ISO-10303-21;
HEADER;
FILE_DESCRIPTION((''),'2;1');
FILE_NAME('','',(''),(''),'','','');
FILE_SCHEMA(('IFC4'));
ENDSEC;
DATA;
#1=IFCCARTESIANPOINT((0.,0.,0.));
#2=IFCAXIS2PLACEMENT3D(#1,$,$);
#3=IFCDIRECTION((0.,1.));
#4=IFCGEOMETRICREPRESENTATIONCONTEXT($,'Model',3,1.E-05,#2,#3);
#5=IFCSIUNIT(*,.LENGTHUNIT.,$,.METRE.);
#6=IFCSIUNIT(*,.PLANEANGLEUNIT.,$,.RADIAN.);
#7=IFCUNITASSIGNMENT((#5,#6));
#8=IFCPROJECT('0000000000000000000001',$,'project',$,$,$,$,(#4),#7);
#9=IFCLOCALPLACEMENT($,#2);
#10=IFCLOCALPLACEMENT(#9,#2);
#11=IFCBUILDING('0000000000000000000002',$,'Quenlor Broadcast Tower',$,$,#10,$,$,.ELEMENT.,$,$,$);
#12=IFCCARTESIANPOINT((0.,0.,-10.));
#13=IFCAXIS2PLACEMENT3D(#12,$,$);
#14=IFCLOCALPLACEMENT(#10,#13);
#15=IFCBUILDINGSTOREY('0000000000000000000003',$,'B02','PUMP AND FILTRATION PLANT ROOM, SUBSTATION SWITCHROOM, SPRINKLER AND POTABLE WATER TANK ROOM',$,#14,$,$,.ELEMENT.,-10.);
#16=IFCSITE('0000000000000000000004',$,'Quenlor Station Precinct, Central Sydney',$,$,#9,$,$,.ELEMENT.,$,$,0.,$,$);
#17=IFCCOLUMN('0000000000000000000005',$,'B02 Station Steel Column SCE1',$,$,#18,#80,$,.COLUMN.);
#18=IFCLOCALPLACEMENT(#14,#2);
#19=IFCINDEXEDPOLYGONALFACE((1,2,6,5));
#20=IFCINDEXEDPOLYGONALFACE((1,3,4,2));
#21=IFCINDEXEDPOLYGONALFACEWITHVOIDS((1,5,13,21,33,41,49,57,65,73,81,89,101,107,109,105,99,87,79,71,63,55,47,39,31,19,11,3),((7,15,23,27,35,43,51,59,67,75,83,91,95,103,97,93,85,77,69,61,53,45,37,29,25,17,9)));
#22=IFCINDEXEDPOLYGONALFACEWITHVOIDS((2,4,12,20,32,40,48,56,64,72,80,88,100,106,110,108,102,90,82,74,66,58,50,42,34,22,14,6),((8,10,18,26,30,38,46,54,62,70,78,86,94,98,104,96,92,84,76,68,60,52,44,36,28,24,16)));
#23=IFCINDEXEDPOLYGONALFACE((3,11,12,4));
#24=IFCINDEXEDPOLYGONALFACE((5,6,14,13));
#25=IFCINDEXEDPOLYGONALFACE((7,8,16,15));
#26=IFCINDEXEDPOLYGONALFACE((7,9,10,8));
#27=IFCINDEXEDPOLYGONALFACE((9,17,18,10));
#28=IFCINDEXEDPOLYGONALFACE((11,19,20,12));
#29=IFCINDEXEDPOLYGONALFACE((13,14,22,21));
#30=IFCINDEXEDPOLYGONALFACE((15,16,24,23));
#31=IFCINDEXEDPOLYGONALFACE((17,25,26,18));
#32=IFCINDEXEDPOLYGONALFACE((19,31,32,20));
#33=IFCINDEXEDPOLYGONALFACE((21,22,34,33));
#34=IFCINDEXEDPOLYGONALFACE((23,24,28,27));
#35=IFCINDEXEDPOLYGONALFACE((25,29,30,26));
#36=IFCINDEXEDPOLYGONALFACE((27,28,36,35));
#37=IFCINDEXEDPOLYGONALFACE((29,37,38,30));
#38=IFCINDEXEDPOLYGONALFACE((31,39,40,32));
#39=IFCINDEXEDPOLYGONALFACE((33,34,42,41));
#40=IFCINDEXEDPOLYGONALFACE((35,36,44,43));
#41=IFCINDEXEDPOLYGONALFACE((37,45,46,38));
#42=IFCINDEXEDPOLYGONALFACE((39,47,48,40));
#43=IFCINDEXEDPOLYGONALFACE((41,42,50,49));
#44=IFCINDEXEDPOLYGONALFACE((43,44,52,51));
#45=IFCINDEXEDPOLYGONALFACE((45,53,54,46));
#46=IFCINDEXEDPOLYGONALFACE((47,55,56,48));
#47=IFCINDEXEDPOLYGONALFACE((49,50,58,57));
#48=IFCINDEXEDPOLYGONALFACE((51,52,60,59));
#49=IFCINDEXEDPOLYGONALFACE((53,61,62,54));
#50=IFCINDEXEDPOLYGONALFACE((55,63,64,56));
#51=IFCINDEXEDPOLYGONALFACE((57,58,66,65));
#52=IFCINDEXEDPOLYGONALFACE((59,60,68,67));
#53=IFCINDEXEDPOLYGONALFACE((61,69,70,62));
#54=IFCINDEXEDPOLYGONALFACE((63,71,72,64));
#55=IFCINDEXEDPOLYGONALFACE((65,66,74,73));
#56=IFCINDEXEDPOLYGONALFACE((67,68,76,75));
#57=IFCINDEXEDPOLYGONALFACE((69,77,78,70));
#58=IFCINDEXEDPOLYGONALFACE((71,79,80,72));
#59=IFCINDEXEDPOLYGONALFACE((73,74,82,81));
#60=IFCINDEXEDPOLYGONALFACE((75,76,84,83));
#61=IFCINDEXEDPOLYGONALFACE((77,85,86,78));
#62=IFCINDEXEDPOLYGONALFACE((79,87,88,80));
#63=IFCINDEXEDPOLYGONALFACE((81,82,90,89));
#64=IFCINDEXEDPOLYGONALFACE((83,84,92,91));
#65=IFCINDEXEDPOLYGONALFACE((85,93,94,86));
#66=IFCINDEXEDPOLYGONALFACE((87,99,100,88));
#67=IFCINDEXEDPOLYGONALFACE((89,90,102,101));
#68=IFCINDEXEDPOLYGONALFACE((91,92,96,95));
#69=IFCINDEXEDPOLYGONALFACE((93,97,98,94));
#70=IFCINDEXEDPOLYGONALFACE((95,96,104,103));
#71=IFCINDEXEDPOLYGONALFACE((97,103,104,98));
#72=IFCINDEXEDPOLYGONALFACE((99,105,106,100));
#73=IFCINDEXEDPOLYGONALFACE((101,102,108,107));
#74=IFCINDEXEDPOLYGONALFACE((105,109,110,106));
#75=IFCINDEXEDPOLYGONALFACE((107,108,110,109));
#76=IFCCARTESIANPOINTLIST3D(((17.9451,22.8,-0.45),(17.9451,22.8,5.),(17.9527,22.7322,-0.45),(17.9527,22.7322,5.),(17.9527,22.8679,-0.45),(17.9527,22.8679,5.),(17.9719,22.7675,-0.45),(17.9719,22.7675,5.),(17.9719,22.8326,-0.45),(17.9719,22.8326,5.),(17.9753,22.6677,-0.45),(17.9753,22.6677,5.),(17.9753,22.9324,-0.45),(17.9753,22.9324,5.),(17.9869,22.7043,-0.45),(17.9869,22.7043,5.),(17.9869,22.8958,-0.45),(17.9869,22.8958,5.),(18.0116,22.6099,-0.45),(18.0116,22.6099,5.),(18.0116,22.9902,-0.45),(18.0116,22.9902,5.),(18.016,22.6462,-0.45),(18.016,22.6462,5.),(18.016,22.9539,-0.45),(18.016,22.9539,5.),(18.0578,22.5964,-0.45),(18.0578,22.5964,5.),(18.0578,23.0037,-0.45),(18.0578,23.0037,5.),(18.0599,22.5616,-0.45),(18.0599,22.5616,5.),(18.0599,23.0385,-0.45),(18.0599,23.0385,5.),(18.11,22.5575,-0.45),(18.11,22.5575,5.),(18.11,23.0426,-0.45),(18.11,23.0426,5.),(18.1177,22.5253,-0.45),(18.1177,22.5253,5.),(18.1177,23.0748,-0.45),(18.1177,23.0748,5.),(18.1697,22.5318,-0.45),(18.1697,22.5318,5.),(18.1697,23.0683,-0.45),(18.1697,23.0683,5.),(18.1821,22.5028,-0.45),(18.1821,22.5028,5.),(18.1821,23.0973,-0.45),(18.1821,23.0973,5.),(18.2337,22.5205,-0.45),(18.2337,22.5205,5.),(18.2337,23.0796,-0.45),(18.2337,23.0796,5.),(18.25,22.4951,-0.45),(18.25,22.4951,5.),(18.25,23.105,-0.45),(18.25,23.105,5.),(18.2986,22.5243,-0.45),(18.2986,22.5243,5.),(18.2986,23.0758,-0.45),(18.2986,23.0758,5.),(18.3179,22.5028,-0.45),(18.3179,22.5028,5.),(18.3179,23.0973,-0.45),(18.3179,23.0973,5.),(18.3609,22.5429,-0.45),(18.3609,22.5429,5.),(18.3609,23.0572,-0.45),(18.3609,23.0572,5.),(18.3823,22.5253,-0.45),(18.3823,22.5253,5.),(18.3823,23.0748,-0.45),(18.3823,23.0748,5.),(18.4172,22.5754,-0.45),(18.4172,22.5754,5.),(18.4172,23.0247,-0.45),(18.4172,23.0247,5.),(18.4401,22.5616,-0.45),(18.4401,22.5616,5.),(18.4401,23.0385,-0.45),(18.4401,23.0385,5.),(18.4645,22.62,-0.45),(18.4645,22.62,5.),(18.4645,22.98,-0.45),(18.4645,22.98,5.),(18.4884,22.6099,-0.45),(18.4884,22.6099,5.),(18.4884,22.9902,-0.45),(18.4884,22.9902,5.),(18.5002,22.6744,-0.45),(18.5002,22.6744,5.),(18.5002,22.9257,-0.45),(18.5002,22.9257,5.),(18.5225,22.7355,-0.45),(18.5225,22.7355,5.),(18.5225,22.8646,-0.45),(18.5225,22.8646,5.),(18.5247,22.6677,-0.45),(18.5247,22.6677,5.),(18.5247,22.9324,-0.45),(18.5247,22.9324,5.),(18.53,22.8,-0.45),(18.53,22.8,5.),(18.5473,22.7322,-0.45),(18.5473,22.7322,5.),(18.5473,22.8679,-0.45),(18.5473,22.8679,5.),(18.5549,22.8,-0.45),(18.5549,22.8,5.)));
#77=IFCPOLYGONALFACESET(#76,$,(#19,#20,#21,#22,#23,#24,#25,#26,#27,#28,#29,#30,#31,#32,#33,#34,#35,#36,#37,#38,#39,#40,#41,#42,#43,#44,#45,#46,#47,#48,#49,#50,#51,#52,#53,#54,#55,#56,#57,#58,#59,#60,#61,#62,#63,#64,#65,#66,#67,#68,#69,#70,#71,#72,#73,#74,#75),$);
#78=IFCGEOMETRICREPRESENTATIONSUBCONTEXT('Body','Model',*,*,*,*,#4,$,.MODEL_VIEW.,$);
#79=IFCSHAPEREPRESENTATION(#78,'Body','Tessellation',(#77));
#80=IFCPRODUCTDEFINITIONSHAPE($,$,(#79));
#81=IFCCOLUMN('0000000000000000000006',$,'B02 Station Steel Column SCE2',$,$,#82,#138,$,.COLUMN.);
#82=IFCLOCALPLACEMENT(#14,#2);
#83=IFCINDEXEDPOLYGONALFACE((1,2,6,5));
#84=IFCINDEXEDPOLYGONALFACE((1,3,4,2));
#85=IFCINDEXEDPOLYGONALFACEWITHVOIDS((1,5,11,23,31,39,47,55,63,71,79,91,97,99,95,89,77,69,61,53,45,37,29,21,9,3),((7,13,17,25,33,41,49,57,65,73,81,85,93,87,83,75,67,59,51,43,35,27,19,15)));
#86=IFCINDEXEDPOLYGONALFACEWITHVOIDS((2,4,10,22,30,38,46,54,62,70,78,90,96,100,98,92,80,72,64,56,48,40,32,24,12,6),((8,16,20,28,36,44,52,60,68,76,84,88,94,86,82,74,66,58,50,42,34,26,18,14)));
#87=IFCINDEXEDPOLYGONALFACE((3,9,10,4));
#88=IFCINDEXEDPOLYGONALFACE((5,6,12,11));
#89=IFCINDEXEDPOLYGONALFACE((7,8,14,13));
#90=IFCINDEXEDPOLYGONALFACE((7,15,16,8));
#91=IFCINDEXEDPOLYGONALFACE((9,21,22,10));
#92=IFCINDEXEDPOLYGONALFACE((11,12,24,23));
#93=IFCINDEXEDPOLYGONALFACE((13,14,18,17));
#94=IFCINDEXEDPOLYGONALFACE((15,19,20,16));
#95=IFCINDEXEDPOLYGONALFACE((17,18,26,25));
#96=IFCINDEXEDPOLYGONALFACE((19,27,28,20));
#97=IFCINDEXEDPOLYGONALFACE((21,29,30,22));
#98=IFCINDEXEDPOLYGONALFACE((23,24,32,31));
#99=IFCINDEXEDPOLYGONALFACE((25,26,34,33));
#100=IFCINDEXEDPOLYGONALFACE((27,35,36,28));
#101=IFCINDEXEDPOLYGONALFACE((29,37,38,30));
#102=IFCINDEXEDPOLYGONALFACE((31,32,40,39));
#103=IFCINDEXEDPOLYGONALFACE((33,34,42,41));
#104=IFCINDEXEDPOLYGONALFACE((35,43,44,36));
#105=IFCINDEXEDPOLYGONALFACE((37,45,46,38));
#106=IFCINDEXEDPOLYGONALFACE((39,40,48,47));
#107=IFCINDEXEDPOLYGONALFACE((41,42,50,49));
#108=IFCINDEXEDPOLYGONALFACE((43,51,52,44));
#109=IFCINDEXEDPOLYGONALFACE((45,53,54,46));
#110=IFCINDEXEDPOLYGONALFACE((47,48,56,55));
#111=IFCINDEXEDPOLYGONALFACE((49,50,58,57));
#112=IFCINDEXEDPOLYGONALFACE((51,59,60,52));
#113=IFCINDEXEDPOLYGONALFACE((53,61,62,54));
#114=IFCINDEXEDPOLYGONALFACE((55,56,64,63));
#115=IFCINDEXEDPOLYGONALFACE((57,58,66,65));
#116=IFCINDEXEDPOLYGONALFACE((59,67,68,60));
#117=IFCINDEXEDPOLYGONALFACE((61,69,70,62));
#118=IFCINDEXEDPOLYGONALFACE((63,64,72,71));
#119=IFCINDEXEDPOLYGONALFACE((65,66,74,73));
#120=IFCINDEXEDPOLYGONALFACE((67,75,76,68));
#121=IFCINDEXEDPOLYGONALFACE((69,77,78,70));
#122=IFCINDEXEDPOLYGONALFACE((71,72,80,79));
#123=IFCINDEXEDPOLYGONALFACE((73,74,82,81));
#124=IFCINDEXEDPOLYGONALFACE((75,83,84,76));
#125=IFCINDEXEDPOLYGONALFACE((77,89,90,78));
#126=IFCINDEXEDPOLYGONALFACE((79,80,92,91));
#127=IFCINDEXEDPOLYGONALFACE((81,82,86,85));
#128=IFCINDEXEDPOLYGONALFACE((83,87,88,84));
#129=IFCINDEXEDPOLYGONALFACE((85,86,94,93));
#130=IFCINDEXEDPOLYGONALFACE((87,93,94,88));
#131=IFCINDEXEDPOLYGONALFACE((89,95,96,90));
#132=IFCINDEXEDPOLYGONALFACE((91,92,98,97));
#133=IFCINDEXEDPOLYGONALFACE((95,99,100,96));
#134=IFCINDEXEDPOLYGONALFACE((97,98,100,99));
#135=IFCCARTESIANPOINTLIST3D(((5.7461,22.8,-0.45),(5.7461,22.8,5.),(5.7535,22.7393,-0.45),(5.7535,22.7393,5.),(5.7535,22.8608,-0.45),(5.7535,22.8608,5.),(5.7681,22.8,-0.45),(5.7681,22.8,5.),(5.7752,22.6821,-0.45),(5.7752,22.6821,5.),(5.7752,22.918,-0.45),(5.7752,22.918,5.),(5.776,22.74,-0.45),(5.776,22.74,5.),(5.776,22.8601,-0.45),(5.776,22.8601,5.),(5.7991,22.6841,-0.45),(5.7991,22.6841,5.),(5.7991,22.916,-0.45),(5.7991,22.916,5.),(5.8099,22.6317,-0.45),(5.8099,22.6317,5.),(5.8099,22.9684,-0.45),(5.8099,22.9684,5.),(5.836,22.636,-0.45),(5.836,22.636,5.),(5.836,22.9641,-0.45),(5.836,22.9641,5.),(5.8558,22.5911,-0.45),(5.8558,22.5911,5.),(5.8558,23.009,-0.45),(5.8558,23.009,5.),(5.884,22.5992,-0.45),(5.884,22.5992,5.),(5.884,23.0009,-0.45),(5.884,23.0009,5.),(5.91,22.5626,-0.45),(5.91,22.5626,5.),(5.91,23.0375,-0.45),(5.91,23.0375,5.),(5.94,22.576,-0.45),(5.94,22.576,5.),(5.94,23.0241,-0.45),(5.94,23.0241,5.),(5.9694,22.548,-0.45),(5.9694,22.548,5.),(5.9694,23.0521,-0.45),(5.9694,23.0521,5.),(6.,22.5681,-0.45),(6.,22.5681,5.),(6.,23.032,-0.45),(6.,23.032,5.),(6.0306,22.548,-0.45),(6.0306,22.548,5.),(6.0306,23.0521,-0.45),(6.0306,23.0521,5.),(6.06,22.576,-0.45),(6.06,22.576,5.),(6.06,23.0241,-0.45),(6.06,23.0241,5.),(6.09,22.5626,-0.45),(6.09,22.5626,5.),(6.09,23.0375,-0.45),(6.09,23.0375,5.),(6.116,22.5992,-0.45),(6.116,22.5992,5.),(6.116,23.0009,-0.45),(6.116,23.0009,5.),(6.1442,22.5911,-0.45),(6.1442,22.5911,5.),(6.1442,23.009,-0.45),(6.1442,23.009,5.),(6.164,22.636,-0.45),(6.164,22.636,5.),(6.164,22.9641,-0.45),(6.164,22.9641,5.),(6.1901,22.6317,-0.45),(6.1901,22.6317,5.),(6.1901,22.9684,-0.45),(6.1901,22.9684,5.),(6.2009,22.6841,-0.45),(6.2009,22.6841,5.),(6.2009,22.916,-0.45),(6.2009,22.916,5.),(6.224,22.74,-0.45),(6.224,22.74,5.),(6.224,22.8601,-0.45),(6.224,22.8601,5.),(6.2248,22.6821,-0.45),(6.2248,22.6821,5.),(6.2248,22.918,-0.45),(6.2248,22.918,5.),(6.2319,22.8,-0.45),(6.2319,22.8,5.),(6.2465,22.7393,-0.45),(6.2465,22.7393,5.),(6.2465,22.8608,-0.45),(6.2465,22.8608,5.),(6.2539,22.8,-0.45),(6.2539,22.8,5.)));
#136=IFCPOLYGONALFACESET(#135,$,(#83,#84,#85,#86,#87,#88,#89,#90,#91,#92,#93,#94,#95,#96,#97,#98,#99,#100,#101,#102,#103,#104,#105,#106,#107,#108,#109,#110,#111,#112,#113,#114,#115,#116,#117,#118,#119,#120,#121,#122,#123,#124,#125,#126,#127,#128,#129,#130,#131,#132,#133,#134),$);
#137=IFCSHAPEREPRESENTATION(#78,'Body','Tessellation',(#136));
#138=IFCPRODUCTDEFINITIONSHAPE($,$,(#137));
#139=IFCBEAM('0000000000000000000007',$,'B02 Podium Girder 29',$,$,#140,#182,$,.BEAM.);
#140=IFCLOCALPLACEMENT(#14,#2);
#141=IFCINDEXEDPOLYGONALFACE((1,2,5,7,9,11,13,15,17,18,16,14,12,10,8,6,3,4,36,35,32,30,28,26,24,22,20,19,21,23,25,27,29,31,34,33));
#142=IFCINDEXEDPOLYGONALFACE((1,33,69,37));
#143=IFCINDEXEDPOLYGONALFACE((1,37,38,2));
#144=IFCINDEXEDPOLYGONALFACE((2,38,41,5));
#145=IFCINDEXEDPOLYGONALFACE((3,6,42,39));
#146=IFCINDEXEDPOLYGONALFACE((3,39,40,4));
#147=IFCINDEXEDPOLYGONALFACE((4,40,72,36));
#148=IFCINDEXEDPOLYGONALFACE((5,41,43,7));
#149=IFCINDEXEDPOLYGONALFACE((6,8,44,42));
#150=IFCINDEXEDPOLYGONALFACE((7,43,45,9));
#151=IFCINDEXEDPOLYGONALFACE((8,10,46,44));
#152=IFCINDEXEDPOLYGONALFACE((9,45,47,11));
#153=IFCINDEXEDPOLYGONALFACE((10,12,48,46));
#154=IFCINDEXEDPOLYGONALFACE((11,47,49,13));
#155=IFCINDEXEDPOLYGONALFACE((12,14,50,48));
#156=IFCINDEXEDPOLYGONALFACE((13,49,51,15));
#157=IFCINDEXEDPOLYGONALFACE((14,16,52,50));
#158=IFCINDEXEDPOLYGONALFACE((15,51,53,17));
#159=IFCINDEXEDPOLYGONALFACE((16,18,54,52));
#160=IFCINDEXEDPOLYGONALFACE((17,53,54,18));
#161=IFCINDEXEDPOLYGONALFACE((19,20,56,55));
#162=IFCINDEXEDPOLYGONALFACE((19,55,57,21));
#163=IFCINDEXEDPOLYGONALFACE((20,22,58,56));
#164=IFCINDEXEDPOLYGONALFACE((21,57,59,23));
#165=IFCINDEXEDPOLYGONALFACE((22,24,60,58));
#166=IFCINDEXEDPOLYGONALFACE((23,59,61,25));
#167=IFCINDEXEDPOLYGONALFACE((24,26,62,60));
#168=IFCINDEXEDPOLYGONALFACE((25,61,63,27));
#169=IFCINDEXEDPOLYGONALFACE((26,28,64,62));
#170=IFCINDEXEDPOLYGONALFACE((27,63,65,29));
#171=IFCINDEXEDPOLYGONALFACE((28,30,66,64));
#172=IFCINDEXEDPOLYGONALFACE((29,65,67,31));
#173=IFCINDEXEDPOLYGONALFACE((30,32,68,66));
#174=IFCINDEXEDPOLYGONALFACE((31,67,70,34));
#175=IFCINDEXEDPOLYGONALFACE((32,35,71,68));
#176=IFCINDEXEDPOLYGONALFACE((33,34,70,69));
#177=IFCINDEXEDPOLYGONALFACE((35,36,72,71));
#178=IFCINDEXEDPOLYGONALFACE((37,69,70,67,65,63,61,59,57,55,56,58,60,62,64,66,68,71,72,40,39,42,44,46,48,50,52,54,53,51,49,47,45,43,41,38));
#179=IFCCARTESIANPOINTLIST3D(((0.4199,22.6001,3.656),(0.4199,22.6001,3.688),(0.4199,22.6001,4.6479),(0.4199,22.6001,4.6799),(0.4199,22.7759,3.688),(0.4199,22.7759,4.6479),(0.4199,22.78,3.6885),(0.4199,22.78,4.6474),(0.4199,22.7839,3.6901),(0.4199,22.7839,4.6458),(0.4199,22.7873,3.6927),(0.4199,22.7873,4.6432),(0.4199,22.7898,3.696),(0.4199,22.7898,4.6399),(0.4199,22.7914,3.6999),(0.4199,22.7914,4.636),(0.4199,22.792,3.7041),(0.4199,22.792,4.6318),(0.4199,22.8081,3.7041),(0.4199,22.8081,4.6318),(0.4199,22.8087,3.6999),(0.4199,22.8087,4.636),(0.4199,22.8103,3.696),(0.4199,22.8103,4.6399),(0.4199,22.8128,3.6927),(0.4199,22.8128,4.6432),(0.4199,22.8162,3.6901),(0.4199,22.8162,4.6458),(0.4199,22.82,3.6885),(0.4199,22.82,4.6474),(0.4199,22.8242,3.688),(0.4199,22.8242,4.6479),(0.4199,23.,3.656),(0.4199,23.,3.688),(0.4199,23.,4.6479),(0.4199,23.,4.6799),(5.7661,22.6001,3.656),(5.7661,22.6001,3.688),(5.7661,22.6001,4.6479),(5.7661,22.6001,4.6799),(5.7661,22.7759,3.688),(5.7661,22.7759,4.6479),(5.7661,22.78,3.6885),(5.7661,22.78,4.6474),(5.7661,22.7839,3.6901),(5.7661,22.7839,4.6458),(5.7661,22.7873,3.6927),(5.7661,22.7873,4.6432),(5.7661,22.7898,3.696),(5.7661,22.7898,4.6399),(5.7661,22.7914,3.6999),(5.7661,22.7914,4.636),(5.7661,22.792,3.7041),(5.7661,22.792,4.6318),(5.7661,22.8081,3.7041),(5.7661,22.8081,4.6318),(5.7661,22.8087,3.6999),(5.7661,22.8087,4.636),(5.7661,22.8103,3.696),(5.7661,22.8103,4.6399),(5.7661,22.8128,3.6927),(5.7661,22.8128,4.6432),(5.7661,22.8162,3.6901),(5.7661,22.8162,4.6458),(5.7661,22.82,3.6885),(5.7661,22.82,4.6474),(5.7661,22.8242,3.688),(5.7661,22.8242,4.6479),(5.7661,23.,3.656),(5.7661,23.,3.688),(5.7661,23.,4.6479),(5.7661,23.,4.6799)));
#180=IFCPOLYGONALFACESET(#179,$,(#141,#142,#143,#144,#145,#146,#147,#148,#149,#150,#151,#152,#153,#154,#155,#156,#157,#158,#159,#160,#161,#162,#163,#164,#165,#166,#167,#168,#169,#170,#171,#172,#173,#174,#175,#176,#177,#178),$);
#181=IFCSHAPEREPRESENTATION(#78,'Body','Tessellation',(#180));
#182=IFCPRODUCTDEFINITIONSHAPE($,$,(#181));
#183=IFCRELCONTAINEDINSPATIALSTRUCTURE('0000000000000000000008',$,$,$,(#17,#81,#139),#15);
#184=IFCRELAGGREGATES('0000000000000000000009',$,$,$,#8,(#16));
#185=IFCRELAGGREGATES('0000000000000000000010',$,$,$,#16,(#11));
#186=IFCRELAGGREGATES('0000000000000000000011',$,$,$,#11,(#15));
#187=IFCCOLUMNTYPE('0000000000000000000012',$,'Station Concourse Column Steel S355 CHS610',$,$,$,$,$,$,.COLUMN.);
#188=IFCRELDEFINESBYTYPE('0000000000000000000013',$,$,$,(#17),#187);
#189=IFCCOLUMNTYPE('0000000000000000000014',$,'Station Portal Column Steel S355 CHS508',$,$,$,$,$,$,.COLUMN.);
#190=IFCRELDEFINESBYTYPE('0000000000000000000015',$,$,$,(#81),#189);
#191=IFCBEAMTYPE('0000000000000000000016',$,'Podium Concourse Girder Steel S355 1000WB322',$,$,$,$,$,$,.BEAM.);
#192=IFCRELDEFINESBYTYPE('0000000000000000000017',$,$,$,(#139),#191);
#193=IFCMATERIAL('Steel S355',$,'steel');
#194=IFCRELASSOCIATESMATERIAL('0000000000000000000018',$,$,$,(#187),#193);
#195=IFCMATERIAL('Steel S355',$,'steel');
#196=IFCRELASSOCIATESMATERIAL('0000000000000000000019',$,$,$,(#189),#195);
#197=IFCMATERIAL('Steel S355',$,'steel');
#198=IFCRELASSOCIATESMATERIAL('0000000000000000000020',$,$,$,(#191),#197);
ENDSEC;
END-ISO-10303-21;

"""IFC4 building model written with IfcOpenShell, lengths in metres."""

from ifc_helpers import new_model, si_unit, direction, frame, origin, origin_2d, place, context, subcontext, project, spatial, hollow_circle, i_section, extrude, material, material_profile, profile_set, type_object, element, save


model = new_model("IFC4")

# Units and contexts
model_context = context("Model", 3, precision=1e-05, world=origin(), true_north=direction((0.0, 1.0)))
body_context = subcontext(model_context, "Body", "Model", "MODEL_VIEW")
ifc_project = project(units=[si_unit("LENGTHUNIT", "METRE"), si_unit("PLANEANGLEUNIT", "RADIAN")], contexts=[model_context])

# Site, building, storey
site_placement = place(None, origin())
site = spatial("IfcSite", under=ifc_project, at=site_placement, Name="Quenlor Station Precinct, Central Sydney", CompositionType="ELEMENT", RefElevation=0.0)
building_placement = place(site_placement, origin())
building = spatial("IfcBuilding", under=site, at=building_placement, Name="Quenlor Broadcast Tower", CompositionType="ELEMENT")
storey_placement = place(building_placement, frame((0.0, 0.0, -10.0)))
storey = spatial("IfcBuildingStorey", under=building, at=storey_placement, Name="B02", Description="PUMP AND FILTRATION PLANT ROOM, SUBSTATION SWITCHROOM, SPRINKLER AND POTABLE WATER TANK ROOM", CompositionType="ELEMENT", Elevation=-10.0)

# Columns
ifc_material_1 = material(Name="Steel S355", Category="steel")
ifc_material_profile_1 = material_profile(ifc_material_1, hollow_circle(Radius=0.3049, WallThickness=0.0249, at=origin_2d()))
ifc_profile_set_1 = profile_set([ifc_material_profile_1], Name="Steel S355 CHS610x25")
column_type_1 = type_object("IfcColumnType", Name="Station Concourse Column Steel S355 CHS610", PredefinedType="COLUMN", material=ifc_profile_set_1)
column_1_placement = place(storey_placement, frame((18.25, 22.8, -0.45), z_axis=(0.0, 0.0, 1.0), x_axis=(1.0, 0.0, 0.0)))
element("IfcColumn", 1, at=column_1_placement, inside=storey, type_object=column_type_1, Name="B02 Station Steel Column SCE1", PredefinedType="COLUMN", context=body_context, shape_type="SweptSolid", body=[
    extrude(hollow_circle(Radius=0.3049, WallThickness=0.0249, at=origin_2d()), origin(), (0.0, 0.0, 1.0), 5.45),
])
ifc_material_2 = material(Name="Steel S355", Category="steel")
ifc_material_profile_2 = material_profile(ifc_material_2, hollow_circle(Radius=0.2539, WallThickness=0.022, at=origin_2d()))
ifc_profile_set_2 = profile_set([ifc_material_profile_2], Name="Steel S355 CHS508x22")
column_type_2 = type_object("IfcColumnType", Name="Station Portal Column Steel S355 CHS508", PredefinedType="COLUMN", material=ifc_profile_set_2)
column_2_placement = place(storey_placement, frame((6.0, 22.8, -0.45), z_axis=(0.0, 0.0, 1.0), x_axis=(1.0, 0.0, 0.0)))
element("IfcColumn", 2, at=column_2_placement, inside=storey, type_object=column_type_2, Name="B02 Station Steel Column SCE2", PredefinedType="COLUMN", context=body_context, shape_type="SweptSolid", body=[
    extrude(hollow_circle(Radius=0.2539, WallThickness=0.022, at=origin_2d()), origin(), (0.0, 0.0, 1.0), 5.45),
])

# Beam
ifc_material_3 = material(Name="Steel S355", Category="steel")
ifc_material_profile_3 = material_profile(ifc_material_3, i_section(OverallWidth=0.3999, OverallDepth=1.0239, WebThickness=0.0161, FlangeThickness=0.032, FilletRadius=0.0161, at=origin_2d()))
ifc_profile_set_3 = profile_set([ifc_material_profile_3], Name="Steel S355 1000WB322")
beam_type_1 = type_object("IfcBeamType", Name="Podium Concourse Girder Steel S355 1000WB322", PredefinedType="BEAM", material=ifc_profile_set_3)
for number, where, z_axis, x_axis, name in (
    (3, (0.4199, 22.8, 4.168), (1.0, 0.0, 0.0), (0.0, 1.0, 0.0), "B02 Podium Girder 29"),
):
    element("IfcBeam", number, at=place(storey_placement, frame(where, z_axis=z_axis, x_axis=x_axis)), inside=storey, type_object=beam_type_1, Name=name, PredefinedType="BEAM", context=body_context, shape_type="SweptSolid", body=[
        extrude(i_section(OverallWidth=0.3999, OverallDepth=1.0239, WebThickness=0.0161, FlangeThickness=0.032, FilletRadius=0.0161, at=origin_2d()), origin(), (0.0, 0.0, 1.0), 5.3462),
    ])

save(model, "model.ifc")
